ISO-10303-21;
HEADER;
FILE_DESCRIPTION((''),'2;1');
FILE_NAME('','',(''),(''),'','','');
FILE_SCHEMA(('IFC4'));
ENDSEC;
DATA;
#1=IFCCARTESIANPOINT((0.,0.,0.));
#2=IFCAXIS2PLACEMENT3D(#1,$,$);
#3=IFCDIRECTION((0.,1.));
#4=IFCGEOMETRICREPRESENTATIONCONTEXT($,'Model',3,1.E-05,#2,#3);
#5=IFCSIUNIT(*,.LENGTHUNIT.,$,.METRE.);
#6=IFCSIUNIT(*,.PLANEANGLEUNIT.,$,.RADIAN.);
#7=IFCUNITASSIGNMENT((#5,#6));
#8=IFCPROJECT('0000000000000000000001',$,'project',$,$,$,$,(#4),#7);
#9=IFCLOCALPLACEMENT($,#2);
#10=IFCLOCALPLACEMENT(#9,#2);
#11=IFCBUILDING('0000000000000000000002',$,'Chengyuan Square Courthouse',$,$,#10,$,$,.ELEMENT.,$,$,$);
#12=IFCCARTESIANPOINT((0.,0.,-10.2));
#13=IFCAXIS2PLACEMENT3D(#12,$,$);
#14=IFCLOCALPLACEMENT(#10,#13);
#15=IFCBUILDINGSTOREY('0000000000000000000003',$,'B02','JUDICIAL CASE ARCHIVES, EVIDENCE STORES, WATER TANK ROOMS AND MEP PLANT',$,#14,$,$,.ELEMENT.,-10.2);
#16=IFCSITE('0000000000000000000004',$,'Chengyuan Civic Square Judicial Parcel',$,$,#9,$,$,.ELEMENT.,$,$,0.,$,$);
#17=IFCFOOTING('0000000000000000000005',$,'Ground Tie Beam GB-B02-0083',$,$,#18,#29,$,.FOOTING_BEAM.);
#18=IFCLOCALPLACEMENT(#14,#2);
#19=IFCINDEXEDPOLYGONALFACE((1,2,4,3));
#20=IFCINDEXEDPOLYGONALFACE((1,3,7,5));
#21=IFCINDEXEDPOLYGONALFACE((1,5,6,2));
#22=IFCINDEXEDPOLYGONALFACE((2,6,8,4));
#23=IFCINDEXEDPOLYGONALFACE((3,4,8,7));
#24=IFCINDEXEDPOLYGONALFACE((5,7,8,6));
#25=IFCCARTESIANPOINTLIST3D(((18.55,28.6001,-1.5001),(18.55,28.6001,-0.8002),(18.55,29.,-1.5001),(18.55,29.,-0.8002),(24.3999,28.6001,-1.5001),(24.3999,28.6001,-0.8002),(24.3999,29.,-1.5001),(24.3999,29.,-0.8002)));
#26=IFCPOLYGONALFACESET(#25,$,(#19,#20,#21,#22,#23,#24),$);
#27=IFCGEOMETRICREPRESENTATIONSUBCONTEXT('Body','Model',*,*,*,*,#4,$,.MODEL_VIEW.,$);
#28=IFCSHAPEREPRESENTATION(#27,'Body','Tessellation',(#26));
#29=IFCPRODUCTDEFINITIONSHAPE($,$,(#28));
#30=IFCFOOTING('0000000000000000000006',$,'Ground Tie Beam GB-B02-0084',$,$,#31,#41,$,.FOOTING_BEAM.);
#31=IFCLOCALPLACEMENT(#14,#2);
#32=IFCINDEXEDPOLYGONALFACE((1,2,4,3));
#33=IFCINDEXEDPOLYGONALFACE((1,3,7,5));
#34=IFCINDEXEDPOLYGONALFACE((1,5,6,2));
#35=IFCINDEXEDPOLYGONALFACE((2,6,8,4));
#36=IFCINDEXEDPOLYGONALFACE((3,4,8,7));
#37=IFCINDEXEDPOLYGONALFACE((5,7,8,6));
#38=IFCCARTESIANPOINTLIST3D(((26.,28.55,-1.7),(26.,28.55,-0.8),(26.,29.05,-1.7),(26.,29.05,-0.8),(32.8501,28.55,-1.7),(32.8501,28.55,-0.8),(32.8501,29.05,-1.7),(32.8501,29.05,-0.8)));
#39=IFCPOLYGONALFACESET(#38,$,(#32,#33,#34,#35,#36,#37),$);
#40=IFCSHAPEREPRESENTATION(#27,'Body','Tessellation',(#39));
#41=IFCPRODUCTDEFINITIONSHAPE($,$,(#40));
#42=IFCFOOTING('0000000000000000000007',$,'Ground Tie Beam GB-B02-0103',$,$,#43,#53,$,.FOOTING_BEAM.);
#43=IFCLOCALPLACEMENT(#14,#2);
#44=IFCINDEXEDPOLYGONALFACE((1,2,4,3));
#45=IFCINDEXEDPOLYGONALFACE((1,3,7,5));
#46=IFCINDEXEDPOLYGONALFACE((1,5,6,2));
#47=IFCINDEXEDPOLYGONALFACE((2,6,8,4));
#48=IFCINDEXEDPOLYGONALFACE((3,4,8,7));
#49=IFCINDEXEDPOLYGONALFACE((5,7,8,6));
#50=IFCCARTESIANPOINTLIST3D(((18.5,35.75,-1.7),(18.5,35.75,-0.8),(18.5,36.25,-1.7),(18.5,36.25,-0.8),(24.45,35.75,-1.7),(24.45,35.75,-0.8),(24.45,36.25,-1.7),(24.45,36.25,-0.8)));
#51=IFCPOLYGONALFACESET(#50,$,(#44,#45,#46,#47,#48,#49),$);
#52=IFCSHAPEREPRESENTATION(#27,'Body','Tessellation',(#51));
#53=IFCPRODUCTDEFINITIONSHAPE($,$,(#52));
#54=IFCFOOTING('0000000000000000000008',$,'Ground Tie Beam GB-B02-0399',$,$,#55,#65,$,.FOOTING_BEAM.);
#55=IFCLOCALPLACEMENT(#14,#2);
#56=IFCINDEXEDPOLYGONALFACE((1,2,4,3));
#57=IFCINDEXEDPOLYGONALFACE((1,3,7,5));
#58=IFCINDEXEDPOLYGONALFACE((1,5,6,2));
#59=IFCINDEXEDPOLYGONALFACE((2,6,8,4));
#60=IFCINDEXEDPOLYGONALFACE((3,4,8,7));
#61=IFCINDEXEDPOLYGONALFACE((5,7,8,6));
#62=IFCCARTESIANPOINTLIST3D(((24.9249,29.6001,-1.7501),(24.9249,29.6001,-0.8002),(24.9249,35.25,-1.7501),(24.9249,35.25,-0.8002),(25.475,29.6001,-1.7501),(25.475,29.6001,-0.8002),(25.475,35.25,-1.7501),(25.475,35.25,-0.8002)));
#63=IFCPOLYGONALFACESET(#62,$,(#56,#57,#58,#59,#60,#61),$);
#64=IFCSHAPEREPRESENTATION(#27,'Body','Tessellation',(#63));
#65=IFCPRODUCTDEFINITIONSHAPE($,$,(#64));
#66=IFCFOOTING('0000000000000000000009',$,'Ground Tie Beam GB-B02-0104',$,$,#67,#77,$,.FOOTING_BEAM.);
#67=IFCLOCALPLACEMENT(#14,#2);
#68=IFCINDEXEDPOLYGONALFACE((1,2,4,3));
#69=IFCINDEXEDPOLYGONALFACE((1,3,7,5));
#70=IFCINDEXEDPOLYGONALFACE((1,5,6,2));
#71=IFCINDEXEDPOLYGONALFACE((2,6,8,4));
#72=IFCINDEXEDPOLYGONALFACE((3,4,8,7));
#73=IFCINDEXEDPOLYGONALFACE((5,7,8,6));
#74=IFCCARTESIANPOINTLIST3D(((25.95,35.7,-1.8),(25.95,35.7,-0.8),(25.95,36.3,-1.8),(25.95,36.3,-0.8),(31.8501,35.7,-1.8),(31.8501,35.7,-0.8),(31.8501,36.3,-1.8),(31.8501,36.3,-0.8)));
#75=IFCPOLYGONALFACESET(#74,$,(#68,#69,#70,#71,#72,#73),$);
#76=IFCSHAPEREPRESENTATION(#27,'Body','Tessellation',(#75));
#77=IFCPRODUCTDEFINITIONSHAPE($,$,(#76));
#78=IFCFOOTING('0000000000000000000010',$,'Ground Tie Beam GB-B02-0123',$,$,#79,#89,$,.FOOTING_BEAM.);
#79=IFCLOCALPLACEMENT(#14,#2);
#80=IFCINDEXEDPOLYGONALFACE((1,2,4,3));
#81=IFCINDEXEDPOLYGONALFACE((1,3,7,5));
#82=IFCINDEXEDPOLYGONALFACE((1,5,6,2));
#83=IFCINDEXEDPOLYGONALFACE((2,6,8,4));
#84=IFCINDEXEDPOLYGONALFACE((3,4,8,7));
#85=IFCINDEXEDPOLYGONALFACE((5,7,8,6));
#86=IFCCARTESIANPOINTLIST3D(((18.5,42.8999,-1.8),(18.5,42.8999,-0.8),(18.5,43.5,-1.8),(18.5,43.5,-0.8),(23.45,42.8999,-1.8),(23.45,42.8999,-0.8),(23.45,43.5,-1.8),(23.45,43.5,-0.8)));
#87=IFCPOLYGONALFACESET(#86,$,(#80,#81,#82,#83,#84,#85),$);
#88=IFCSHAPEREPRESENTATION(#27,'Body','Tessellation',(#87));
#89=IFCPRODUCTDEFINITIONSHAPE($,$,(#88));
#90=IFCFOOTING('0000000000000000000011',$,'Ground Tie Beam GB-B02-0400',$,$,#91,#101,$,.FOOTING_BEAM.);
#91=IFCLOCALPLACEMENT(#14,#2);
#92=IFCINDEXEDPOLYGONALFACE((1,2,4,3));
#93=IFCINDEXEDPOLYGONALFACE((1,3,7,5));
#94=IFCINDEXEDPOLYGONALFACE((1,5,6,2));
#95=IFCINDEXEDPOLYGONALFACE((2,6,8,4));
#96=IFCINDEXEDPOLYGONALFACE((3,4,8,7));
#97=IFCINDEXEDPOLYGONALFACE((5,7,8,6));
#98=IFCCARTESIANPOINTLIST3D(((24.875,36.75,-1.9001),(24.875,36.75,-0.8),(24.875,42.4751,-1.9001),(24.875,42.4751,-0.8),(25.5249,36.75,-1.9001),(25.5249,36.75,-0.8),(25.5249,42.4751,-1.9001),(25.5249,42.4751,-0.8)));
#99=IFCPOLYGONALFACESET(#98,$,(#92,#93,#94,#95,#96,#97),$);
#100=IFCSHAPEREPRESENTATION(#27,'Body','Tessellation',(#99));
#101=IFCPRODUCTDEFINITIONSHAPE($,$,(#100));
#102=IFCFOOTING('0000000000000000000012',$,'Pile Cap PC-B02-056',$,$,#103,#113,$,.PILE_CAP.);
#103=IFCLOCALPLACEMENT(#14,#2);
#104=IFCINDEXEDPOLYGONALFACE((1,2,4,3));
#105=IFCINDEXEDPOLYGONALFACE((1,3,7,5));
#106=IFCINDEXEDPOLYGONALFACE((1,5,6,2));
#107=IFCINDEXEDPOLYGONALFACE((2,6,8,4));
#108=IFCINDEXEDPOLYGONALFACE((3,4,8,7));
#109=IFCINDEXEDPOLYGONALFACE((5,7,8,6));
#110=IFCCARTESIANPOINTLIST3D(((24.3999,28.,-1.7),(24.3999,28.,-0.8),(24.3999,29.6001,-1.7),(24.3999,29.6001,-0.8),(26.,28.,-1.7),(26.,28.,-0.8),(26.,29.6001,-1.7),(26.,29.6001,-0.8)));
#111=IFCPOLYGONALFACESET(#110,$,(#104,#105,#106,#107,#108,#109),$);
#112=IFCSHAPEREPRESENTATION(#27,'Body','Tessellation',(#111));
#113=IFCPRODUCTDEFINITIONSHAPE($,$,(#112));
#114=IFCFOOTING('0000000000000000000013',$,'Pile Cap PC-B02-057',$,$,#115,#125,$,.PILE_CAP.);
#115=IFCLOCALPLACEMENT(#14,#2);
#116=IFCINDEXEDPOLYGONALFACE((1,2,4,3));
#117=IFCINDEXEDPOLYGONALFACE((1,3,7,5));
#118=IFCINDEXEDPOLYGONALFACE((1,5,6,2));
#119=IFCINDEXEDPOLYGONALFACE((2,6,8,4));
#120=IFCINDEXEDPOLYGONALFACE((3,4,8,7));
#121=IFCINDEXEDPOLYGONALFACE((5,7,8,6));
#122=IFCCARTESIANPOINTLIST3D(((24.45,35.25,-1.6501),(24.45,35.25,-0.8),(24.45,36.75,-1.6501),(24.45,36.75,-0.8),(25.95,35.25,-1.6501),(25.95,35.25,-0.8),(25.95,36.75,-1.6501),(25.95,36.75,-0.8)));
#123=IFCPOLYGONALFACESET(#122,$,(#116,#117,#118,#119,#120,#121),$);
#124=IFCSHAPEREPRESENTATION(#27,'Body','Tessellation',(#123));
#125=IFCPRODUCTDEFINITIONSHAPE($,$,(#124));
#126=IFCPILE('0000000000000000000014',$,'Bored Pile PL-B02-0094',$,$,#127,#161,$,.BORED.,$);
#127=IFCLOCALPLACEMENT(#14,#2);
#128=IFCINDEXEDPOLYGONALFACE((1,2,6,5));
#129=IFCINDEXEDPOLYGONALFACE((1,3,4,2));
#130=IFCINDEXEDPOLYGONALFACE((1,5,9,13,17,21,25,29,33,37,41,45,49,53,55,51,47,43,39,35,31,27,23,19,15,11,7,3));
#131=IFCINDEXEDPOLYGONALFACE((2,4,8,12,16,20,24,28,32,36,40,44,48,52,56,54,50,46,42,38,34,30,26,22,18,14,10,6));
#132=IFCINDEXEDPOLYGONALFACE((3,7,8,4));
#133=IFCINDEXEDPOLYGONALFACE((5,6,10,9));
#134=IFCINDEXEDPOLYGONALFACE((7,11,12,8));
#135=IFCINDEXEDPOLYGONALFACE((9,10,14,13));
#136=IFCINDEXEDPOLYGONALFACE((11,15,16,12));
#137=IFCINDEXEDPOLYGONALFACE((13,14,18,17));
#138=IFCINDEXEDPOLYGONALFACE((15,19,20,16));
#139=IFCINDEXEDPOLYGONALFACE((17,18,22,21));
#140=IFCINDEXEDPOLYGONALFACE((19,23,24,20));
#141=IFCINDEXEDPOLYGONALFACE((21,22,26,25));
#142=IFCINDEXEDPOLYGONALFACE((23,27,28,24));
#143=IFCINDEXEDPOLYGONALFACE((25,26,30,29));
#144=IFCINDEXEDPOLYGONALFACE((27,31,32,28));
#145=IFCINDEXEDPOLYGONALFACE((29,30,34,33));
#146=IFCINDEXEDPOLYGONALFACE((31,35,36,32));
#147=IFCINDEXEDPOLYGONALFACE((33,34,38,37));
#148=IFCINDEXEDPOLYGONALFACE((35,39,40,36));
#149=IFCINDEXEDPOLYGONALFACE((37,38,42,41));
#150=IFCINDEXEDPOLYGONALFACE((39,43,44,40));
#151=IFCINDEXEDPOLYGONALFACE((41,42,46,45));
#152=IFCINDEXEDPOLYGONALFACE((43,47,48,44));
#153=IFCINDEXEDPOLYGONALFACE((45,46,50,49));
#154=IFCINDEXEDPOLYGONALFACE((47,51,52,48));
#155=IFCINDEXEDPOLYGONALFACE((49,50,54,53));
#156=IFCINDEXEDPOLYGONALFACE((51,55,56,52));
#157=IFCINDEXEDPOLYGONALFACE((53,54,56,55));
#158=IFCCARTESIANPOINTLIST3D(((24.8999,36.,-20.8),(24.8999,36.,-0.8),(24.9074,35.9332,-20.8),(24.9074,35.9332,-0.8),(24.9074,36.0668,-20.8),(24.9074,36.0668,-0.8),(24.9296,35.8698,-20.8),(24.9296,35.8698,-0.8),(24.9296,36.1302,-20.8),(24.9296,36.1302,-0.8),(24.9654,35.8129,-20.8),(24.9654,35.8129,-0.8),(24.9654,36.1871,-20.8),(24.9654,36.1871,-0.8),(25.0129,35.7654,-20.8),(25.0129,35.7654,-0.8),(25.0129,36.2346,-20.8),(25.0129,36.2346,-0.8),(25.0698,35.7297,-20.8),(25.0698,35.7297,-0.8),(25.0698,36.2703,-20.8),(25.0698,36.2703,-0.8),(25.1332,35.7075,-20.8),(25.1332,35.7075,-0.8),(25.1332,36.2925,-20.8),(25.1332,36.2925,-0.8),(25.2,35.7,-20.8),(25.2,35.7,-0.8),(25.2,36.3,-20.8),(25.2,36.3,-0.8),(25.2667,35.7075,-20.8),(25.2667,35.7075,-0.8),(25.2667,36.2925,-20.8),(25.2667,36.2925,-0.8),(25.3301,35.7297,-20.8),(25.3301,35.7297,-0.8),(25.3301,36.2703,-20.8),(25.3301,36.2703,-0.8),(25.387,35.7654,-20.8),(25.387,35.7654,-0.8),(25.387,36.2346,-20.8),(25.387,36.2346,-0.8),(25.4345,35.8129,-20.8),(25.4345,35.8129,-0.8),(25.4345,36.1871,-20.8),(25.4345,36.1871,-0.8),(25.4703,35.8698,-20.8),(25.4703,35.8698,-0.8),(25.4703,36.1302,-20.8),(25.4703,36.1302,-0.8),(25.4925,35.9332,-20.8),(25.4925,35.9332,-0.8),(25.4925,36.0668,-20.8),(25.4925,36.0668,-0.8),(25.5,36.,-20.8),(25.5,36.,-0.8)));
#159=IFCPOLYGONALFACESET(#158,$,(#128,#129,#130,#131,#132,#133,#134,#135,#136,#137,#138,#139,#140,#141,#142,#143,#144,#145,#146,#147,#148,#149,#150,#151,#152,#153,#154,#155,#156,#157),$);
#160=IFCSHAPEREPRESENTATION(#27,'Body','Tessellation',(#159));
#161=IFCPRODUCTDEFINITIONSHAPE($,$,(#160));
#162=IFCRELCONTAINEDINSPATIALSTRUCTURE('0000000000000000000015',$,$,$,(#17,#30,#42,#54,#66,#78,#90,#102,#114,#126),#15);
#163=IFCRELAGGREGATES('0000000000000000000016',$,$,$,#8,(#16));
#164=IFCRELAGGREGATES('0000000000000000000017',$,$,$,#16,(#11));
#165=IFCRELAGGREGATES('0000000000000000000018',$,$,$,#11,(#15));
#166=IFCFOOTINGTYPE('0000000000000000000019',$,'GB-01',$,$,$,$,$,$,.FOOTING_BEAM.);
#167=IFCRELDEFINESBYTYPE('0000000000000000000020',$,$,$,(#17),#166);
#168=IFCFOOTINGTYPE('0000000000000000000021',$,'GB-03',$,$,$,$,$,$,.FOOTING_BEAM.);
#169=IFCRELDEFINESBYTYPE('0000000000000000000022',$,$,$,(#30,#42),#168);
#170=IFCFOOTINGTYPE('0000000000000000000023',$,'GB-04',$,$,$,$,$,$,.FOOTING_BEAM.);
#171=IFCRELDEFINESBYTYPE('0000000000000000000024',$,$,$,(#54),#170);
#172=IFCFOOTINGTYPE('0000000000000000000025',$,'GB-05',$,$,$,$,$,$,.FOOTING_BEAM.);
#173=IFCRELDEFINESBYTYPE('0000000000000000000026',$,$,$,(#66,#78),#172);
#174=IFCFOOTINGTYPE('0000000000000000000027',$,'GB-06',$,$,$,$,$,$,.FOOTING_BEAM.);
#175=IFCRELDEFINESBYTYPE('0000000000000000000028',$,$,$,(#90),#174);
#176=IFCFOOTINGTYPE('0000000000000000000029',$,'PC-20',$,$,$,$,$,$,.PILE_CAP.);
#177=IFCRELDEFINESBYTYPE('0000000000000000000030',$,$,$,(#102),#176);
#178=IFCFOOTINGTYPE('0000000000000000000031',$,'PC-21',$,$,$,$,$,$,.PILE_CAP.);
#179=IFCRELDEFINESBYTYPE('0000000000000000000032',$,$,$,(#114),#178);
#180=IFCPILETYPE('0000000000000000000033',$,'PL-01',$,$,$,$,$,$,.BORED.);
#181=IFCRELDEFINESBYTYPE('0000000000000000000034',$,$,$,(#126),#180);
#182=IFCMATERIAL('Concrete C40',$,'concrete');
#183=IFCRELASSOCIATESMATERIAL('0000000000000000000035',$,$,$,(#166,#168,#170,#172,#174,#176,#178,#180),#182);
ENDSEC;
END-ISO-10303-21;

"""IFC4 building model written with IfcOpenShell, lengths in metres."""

from ifc_helpers import new_model, si_unit, direction, frame, origin, origin_2d, place, context, subcontext, project, spatial, rectangle, circle, extrude, material, material_profile, profile_set, type_object, element, save


model = new_model("IFC4")

# Units and contexts
model_context = context("Model", 3, precision=1e-05, world=origin(), true_north=direction((0.0, 1.0)))
body_context = subcontext(model_context, "Body", "Model", "MODEL_VIEW")
ifc_project = project(units=[si_unit("LENGTHUNIT", "METRE"), si_unit("PLANEANGLEUNIT", "RADIAN")], contexts=[model_context])

# Site, building, storey
site_placement = place(None, origin())
site = spatial("IfcSite", under=ifc_project, at=site_placement, Name="Chengyuan Civic Square Judicial Parcel", CompositionType="ELEMENT", RefElevation=0.0)
building_placement = place(site_placement, origin())
building = spatial("IfcBuilding", under=site, at=building_placement, Name="Chengyuan Square Courthouse", CompositionType="ELEMENT")
storey_placement = place(building_placement, frame((0.0, 0.0, -10.2)))
storey = spatial("IfcBuildingStorey", under=building, at=storey_placement, Name="B02", Description="JUDICIAL CASE ARCHIVES, EVIDENCE STORES, WATER TANK ROOMS AND MEP PLANT", CompositionType="ELEMENT", Elevation=-10.2)

# Footings
ifc_material_1 = material(Name="Concrete C40", Category="concrete")
ifc_material_profile_1 = material_profile(ifc_material_1, rectangle(XDim=0.3999, YDim=0.7, at=origin_2d()), Name="GB-400x700")
ifc_profile_set_1 = profile_set([ifc_material_profile_1], Name="Concrete C40")
footing_type_1 = type_object("IfcFootingType", Name="GB-01", PredefinedType="FOOTING_BEAM", material=ifc_profile_set_1)
footing_1_placement = place(storey_placement, frame((18.55, 28.8, -1.1501), z_axis=(1.0, 0.0, 0.0), x_axis=(0.0, 1.0, 0.0)))
element("IfcFooting", 1, at=footing_1_placement, inside=storey, type_object=footing_type_1, Name="Ground Tie Beam GB-B02-0083", PredefinedType="FOOTING_BEAM", context=body_context, shape_type="SweptSolid", body=[
    extrude(rectangle(XDim=0.3999, YDim=0.7, at=origin_2d()), origin(), (0.0, 0.0, 1.0), 5.8499),
])
ifc_material_profile_2 = material_profile(ifc_material_1, rectangle(XDim=0.5, YDim=0.8999, at=origin_2d()), Name="GB-500x900")
ifc_profile_set_2 = profile_set([ifc_material_profile_2], Name="Concrete C40")
footing_type_2 = type_object("IfcFootingType", Name="GB-03", PredefinedType="FOOTING_BEAM", material=ifc_profile_set_2)
footing_2_placement = place(storey_placement, frame((26.0, 28.8, -1.25), z_axis=(1.0, 0.0, 0.0), x_axis=(0.0, 1.0, 0.0)))
element("IfcFooting", 2, at=footing_2_placement, inside=storey, type_object=footing_type_2, Name="Ground Tie Beam GB-B02-0084", PredefinedType="FOOTING_BEAM", context=body_context, shape_type="SweptSolid", body=[
    extrude(rectangle(XDim=0.5, YDim=0.8999, at=origin_2d()), origin(), (0.0, 0.0, 1.0), 6.8501),
])
footing_3_placement = place(storey_placement, frame((18.5, 36.0, -1.25), z_axis=(1.0, 0.0, 0.0), x_axis=(0.0, 1.0, 0.0)))
element("IfcFooting", 3, at=footing_3_placement, inside=storey, type_object=footing_type_2, Name="Ground Tie Beam GB-B02-0103", PredefinedType="FOOTING_BEAM", context=body_context, shape_type="SweptSolid", body=[
    extrude(rectangle(XDim=0.5, YDim=0.8999, at=origin_2d()), origin(), (0.0, 0.0, 1.0), 5.95),
])
ifc_material_profile_3 = material_profile(ifc_material_1, rectangle(XDim=0.55, YDim=0.95, at=origin_2d()), Name="GB-550x950")
ifc_profile_set_3 = profile_set([ifc_material_profile_3], Name="Concrete C40")
footing_type_3 = type_object("IfcFootingType", Name="GB-04", PredefinedType="FOOTING_BEAM", material=ifc_profile_set_3)
footing_4_placement = place(storey_placement, frame((25.2, 29.6001, -1.2751), z_axis=(0.0, 1.0, 0.0), x_axis=(-1.0, 0.0, 0.0)))
element("IfcFooting", 4, at=footing_4_placement, inside=storey, type_object=footing_type_3, Name="Ground Tie Beam GB-B02-0399", PredefinedType="FOOTING_BEAM", context=body_context, shape_type="SweptSolid", body=[
    extrude(rectangle(XDim=0.55, YDim=0.95, at=origin_2d()), origin(), (0.0, 0.0, 1.0), 5.6499),
])
ifc_material_profile_4 = material_profile(ifc_material_1, rectangle(XDim=0.6001, YDim=1.0, at=origin_2d()), Name="GB-600x1000")
ifc_profile_set_4 = profile_set([ifc_material_profile_4], Name="Concrete C40")
footing_type_4 = type_object("IfcFootingType", Name="GB-05", PredefinedType="FOOTING_BEAM", material=ifc_profile_set_4)
footing_5_placement = place(storey_placement, frame((25.95, 36.0, -1.3), z_axis=(1.0, 0.0, 0.0), x_axis=(0.0, 1.0, 0.0)))
element("IfcFooting", 5, at=footing_5_placement, inside=storey, type_object=footing_type_4, Name="Ground Tie Beam GB-B02-0104", PredefinedType="FOOTING_BEAM", context=body_context, shape_type="SweptSolid", body=[
    extrude(rectangle(XDim=0.6001, YDim=1.0, at=origin_2d()), origin(), (0.0, 0.0, 1.0), 5.9001),
])
footing_6_placement = place(storey_placement, frame((18.5, 43.2, -1.3), z_axis=(1.0, 0.0, 0.0), x_axis=(0.0, 1.0, 0.0)))
element("IfcFooting", 6, at=footing_6_placement, inside=storey, type_object=footing_type_4, Name="Ground Tie Beam GB-B02-0123", PredefinedType="FOOTING_BEAM", context=body_context, shape_type="SweptSolid", body=[
    extrude(rectangle(XDim=0.6001, YDim=1.0, at=origin_2d()), origin(), (0.0, 0.0, 1.0), 4.95),
])
ifc_material_profile_5 = material_profile(ifc_material_1, rectangle(XDim=0.6499, YDim=1.1001, at=origin_2d()), Name="GB-650x1100")
ifc_profile_set_5 = profile_set([ifc_material_profile_5], Name="Concrete C40")
footing_type_5 = type_object("IfcFootingType", Name="GB-06", PredefinedType="FOOTING_BEAM", material=ifc_profile_set_5)
footing_7_placement = place(storey_placement, frame((25.2, 36.75, -1.3501), z_axis=(0.0, 1.0, 0.0), x_axis=(-1.0, 0.0, 0.0)))
element("IfcFooting", 7, at=footing_7_placement, inside=storey, type_object=footing_type_5, Name="Ground Tie Beam GB-B02-0400", PredefinedType="FOOTING_BEAM", context=body_context, shape_type="SweptSolid", body=[
    extrude(rectangle(XDim=0.6499, YDim=1.1001, at=origin_2d()), origin(), (0.0, 0.0, 1.0), 5.7251),
])
footing_type_6 = type_object("IfcFootingType", Name="PC-20", PredefinedType="PILE_CAP", material=ifc_material_1)
footing_8_placement = place(storey_placement, frame((25.2, 28.8, -1.7), z_axis=(0.0, 0.0, 1.0), x_axis=(1.0, 0.0, 0.0)))
element("IfcFooting", 8, at=footing_8_placement, inside=storey, type_object=footing_type_6, Name="Pile Cap PC-B02-056", PredefinedType="PILE_CAP", context=body_context, shape_type="SweptSolid", body=[
    extrude(rectangle(XDim=1.6001, YDim=1.6001, at=origin_2d()), origin(), (0.0, 0.0, 1.0), 0.8999),
])
footing_type_7 = type_object("IfcFootingType", Name="PC-21", PredefinedType="PILE_CAP", material=ifc_material_1)
footing_9_placement = place(storey_placement, frame((25.2, 36.0, -1.6501), z_axis=(0.0, 0.0, 1.0), x_axis=(1.0, 0.0, 0.0)))
element("IfcFooting", 9, at=footing_9_placement, inside=storey, type_object=footing_type_7, Name="Pile Cap PC-B02-057", PredefinedType="PILE_CAP", context=body_context, shape_type="SweptSolid", body=[
    extrude(rectangle(XDim=1.5, YDim=1.5, at=origin_2d()), origin(), (0.0, 0.0, 1.0), 0.8501),
])

# Pile
ifc_material_profile_6 = material_profile(ifc_material_1, circle(Radius=0.3, at=origin_2d()), Name="BORED PILE D600")
ifc_profile_set_6 = profile_set([ifc_material_profile_6], Name="Concrete C40")
pile_type_1 = type_object("IfcPileType", Name="PL-01", PredefinedType="BORED", material=ifc_profile_set_6)
pile_placement = place(storey_placement, frame((25.2, 36.0, -0.8), z_axis=(0.0, 0.0, -1.0), x_axis=(1.0, 0.0, 0.0)))
element("IfcPile", 10, at=pile_placement, inside=storey, type_object=pile_type_1, Name="Bored Pile PL-B02-0094", PredefinedType="BORED", context=body_context, shape_type="SweptSolid", body=[
    extrude(circle(Radius=0.3, at=origin_2d()), origin(), (0.0, 0.0, 1.0), 20.0),
])

save(model, "model.ifc")
